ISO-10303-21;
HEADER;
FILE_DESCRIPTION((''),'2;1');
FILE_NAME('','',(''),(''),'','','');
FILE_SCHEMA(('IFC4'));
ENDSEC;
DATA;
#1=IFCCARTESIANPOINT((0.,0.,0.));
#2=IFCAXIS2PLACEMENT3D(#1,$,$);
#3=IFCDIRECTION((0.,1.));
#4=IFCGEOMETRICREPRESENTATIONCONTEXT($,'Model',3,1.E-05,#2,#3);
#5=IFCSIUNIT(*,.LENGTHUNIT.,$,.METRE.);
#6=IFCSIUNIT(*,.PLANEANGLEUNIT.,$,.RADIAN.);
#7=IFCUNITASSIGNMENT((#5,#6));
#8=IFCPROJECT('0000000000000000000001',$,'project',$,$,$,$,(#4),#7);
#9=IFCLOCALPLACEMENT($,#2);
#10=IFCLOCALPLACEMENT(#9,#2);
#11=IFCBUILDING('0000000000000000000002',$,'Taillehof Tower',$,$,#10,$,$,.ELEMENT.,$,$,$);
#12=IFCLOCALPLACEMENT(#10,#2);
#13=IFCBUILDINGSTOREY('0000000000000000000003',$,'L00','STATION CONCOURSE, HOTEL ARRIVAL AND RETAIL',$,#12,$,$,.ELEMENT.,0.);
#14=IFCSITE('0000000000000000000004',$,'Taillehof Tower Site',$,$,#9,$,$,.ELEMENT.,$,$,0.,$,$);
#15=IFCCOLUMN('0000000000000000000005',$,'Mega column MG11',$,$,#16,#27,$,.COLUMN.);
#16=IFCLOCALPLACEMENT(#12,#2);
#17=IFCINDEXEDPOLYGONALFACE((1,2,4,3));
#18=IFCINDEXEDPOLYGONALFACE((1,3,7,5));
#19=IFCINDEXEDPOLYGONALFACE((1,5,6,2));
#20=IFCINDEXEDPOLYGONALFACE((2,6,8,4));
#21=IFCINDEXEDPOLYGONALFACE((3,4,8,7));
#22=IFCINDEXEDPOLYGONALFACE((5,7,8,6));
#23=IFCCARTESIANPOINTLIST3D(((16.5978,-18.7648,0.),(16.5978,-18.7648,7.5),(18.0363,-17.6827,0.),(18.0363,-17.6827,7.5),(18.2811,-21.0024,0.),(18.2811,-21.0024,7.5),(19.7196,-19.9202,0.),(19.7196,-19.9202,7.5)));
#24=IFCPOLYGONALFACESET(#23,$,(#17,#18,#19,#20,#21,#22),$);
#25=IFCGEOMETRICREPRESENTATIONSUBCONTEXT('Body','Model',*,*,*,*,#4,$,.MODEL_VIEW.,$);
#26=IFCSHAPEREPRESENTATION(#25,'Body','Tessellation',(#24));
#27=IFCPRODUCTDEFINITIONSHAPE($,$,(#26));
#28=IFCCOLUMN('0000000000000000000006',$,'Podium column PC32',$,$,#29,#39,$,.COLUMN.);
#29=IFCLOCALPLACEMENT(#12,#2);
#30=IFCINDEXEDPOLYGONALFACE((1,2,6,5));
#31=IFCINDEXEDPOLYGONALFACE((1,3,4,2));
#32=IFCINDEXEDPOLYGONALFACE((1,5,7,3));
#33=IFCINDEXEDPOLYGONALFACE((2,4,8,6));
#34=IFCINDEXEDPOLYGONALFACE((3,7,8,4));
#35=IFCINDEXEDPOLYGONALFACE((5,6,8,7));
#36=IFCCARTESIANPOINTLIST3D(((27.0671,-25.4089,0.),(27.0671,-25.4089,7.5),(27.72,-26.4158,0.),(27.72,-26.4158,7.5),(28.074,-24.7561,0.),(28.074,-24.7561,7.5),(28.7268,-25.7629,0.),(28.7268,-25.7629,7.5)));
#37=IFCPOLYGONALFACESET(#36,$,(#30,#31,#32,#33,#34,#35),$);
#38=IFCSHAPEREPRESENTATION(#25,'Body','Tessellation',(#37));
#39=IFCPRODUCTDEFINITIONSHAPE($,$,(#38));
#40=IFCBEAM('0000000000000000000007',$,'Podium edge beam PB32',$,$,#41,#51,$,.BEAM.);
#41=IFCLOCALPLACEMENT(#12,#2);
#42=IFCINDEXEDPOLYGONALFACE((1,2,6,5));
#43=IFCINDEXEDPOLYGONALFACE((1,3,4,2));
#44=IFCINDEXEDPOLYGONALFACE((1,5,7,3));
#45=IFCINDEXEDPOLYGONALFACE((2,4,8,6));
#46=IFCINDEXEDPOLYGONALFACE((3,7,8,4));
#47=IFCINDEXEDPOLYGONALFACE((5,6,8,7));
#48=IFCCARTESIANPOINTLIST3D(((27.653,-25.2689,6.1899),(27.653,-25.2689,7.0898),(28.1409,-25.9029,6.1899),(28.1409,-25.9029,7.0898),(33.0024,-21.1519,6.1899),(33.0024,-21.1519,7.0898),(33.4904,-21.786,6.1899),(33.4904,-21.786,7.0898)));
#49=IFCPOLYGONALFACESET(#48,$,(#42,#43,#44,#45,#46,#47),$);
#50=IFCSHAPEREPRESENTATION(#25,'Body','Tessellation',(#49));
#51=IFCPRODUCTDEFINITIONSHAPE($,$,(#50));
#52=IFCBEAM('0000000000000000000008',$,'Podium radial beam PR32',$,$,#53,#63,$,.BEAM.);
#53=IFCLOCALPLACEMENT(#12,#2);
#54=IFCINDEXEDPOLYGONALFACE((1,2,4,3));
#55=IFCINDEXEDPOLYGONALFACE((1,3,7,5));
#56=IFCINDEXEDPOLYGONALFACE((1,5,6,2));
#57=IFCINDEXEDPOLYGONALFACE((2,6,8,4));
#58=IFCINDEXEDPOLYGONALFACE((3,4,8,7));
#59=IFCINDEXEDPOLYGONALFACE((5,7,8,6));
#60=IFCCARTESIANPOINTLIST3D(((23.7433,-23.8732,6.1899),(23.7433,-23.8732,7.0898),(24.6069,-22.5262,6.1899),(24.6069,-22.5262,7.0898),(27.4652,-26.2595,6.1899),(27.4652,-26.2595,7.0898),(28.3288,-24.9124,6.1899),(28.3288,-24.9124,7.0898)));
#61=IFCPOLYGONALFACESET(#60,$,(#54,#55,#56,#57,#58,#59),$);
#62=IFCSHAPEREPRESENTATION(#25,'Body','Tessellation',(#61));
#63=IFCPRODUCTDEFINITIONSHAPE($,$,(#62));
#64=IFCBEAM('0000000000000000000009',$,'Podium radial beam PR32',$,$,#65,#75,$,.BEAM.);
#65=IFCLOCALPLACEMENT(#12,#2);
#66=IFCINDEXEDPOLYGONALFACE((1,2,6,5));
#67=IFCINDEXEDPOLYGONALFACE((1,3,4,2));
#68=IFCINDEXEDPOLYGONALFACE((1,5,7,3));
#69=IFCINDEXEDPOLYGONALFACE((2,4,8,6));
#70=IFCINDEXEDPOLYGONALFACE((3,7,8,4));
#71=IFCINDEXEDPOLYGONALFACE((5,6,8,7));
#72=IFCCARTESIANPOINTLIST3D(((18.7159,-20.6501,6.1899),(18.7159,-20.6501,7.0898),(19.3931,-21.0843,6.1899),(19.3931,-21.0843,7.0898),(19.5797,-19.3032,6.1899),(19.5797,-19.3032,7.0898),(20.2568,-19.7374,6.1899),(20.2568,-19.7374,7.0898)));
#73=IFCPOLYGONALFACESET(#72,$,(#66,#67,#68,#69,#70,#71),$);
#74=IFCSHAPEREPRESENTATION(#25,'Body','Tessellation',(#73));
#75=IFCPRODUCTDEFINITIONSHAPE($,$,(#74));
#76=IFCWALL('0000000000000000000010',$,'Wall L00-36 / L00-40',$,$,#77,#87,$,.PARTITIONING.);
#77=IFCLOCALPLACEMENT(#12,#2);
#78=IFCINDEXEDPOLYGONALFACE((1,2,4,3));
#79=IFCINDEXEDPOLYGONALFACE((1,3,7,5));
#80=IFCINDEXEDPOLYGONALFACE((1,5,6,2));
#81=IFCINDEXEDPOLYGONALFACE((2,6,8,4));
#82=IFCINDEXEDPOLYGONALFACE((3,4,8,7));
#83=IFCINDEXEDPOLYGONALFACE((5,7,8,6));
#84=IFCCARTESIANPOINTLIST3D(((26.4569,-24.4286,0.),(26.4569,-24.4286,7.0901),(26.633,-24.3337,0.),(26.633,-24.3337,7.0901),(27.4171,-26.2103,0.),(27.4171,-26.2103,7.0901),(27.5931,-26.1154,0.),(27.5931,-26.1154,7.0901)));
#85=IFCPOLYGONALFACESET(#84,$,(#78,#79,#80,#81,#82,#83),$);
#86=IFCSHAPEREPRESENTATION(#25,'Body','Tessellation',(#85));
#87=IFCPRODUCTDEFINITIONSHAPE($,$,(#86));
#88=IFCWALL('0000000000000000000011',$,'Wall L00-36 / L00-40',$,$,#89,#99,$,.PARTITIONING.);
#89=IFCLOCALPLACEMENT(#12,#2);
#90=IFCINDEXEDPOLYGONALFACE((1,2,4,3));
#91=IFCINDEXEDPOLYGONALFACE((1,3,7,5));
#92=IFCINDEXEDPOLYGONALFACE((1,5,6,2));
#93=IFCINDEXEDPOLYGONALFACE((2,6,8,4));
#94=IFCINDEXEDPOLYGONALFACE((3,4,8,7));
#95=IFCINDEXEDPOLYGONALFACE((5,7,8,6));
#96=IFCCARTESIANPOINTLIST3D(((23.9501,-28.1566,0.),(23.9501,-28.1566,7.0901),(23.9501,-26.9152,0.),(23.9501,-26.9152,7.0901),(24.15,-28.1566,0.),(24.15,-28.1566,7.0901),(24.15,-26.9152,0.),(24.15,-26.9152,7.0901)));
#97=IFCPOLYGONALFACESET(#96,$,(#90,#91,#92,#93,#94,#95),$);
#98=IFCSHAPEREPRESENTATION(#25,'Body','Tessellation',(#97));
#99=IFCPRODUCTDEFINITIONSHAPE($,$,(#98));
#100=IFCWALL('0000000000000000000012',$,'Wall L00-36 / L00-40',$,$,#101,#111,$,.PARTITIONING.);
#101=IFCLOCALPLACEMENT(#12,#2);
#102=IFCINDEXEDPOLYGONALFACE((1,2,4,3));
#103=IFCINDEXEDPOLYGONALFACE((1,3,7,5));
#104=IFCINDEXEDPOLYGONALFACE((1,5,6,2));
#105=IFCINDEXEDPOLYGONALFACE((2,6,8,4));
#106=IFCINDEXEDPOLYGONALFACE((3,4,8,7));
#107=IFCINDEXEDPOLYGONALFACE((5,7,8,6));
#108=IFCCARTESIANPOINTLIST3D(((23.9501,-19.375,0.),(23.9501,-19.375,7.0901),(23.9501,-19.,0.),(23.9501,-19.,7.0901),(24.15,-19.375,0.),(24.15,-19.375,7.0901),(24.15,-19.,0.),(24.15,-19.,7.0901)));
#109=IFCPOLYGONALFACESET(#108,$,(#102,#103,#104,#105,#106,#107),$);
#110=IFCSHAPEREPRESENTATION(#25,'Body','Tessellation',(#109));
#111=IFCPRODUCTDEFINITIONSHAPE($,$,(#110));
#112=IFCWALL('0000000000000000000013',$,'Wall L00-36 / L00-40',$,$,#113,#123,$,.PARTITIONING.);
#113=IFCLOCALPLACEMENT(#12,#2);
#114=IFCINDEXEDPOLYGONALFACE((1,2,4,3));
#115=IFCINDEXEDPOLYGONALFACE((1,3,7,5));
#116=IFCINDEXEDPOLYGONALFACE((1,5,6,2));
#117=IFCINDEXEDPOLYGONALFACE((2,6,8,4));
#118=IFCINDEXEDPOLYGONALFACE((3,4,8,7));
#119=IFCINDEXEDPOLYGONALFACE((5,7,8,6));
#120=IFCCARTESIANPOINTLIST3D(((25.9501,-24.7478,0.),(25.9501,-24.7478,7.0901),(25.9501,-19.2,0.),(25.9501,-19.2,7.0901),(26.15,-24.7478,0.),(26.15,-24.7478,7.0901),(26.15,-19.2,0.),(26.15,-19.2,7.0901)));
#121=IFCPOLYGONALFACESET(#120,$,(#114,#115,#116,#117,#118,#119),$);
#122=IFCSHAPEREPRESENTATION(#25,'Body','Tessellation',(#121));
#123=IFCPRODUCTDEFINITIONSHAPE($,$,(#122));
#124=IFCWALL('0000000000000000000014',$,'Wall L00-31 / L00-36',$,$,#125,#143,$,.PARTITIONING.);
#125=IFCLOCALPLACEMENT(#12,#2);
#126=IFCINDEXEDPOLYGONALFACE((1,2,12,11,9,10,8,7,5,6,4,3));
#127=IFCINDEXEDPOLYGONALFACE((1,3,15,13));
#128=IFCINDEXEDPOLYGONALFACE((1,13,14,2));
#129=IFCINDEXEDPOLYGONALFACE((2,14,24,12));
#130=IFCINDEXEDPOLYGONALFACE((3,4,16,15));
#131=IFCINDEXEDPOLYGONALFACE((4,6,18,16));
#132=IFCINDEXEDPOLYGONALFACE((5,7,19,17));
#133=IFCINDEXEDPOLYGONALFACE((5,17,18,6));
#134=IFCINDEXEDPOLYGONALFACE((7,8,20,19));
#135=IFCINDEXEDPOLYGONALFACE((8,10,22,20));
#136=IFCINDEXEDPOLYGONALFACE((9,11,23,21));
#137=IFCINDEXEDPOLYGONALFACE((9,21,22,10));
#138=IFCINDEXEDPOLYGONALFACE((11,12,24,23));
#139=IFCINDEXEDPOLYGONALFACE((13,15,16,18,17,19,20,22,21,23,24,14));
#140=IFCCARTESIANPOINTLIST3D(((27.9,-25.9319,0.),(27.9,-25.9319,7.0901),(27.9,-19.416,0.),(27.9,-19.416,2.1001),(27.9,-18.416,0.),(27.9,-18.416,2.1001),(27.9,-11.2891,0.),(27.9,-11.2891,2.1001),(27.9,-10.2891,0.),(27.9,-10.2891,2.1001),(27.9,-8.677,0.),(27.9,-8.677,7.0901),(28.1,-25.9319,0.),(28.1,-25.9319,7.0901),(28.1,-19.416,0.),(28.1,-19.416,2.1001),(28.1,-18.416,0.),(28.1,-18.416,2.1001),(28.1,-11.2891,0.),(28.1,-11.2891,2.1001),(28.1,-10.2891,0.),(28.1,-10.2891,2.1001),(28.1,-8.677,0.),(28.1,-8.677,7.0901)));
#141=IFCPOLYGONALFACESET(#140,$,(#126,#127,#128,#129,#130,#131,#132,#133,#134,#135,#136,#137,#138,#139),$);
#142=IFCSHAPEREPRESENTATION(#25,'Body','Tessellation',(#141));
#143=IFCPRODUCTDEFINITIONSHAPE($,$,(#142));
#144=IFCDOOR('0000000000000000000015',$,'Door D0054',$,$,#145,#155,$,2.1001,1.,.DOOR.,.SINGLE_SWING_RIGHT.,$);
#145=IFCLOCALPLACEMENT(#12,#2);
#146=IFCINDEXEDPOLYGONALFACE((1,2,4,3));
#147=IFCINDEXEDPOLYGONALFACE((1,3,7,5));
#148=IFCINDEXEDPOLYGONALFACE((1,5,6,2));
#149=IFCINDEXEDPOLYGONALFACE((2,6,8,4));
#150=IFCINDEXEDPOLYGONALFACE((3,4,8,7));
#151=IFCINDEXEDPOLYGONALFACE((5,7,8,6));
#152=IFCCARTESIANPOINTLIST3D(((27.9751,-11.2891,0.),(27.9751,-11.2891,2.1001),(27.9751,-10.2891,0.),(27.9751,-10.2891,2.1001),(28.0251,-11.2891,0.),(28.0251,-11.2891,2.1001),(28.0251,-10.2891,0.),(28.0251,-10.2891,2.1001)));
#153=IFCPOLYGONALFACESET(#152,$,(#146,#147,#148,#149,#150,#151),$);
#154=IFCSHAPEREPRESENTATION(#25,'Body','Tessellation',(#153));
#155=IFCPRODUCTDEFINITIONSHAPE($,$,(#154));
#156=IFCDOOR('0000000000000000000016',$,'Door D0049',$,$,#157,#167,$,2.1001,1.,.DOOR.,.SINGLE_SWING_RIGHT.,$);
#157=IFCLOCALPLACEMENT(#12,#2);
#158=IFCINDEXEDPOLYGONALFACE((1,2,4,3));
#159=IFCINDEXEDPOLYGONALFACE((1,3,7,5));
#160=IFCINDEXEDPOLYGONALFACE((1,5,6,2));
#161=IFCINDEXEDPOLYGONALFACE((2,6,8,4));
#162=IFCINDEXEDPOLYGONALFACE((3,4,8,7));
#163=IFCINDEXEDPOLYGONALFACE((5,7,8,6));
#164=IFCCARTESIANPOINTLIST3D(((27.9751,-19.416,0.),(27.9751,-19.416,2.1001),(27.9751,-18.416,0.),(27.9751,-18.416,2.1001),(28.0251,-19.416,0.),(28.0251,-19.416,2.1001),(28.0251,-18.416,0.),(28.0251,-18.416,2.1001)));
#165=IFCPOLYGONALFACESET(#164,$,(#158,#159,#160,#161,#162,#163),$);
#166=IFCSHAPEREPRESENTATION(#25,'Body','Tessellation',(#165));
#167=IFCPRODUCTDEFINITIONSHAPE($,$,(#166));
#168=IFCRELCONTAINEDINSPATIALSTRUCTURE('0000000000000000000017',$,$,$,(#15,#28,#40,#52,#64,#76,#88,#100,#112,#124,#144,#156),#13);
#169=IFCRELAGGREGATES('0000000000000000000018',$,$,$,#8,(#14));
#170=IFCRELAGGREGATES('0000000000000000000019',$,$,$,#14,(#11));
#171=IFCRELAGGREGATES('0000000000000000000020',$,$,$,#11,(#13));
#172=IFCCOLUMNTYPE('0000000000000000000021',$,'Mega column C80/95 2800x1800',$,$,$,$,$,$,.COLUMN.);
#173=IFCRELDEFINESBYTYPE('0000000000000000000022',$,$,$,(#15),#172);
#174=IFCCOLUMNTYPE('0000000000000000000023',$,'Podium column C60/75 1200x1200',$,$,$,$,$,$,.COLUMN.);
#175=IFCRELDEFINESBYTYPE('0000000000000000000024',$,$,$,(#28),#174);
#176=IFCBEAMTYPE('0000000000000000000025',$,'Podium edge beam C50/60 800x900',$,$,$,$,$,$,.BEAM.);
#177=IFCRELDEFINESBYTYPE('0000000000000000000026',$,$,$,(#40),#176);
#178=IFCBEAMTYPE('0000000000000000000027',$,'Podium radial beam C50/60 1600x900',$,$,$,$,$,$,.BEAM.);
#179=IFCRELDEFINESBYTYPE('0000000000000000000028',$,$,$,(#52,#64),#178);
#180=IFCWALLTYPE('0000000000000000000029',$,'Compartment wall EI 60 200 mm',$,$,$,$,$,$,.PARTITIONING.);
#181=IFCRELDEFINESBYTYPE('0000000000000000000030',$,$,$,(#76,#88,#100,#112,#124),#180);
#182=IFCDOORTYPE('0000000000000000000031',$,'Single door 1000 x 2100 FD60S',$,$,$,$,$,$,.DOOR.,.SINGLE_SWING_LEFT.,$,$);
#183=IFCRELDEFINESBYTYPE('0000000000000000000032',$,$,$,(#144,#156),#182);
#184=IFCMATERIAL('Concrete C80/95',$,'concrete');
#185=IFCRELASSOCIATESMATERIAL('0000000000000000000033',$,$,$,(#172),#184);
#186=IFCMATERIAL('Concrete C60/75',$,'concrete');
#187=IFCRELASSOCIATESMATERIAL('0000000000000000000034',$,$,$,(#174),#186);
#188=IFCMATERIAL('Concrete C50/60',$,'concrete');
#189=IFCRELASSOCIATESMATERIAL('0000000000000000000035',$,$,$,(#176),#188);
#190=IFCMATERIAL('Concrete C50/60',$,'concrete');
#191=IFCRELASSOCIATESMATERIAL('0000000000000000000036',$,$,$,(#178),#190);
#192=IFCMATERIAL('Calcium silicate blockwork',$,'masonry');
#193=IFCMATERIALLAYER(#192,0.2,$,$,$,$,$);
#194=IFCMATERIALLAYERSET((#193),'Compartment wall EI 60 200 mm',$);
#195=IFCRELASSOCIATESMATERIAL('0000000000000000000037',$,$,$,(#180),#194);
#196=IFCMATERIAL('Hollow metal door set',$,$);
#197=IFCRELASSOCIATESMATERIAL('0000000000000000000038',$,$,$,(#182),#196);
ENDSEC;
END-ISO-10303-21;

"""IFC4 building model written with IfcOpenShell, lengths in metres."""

from ifc_helpers import new_model, si_unit, direction, frame, frame_2d, origin, origin_2d, place, context, subcontext, project, spatial, rectangle, extrude, material, layer, layer_set, material_profile, profile_set, type_object, element, fill, save


model = new_model("IFC4")

# Units and contexts
model_context = context("Model", 3, precision=1e-05, world=origin(), true_north=direction((0.0, 1.0)))
body_context = subcontext(model_context, "Body", "Model", "MODEL_VIEW")
ifc_project = project(units=[si_unit("LENGTHUNIT", "METRE"), si_unit("PLANEANGLEUNIT", "RADIAN")], contexts=[model_context])

# Site, building, storey
site_placement = place(None, origin())
site = spatial("IfcSite", under=ifc_project, at=site_placement, Name="Taillehof Tower Site", CompositionType="ELEMENT", RefElevation=0.0)
building_placement = place(site_placement, origin())
building = spatial("IfcBuilding", under=site, at=building_placement, Name="Taillehof Tower", CompositionType="ELEMENT")
storey_placement = place(building_placement, origin())
storey = spatial("IfcBuildingStorey", under=building, at=storey_placement, Name="L00", Description="STATION CONCOURSE, HOTEL ARRIVAL AND RETAIL", CompositionType="ELEMENT", Elevation=0.0)

# Columns
ifc_material_1 = material(Name="Concrete C80/95", Category="concrete")
ifc_material_profile_1 = material_profile(ifc_material_1, rectangle(XDim=2.8, YDim=1.8, at=origin_2d()), Name="RC 2800x1800")
ifc_profile_set_1 = profile_set([ifc_material_profile_1], Name="Concrete C80/95")
column_type_1 = type_object("IfcColumnType", Name="Mega column C80/95 2800x1800", PredefinedType="COLUMN", material=ifc_profile_set_1)
column_1_placement = place(storey_placement, frame((18.1587, -19.3425, 0.0), z_axis=(0.0, 0.0, 1.0), x_axis=(0.601174, -0.799118, 0.0)))
element("IfcColumn", 1, at=column_1_placement, inside=storey, type_object=column_type_1, Name="Mega column MG11", PredefinedType="COLUMN", context=body_context, shape_type="SweptSolid", body=[
    extrude(rectangle(XDim=2.8, YDim=1.8, at=origin_2d()), origin(), (0.0, 0.0, 1.0), 7.5),
])
ifc_material_2 = material(Name="Concrete C60/75", Category="concrete")
ifc_material_profile_2 = material_profile(ifc_material_2, rectangle(XDim=1.2, YDim=1.2, at=origin_2d()), Name="RC 1200x1200")
ifc_profile_set_2 = profile_set([ifc_material_profile_2], Name="Concrete C60/75")
column_type_2 = type_object("IfcColumnType", Name="Podium column C60/75 1200x1200", PredefinedType="COLUMN", material=ifc_profile_set_2)
column_2_placement = place(storey_placement, frame((27.897, -25.5859, 0.0), z_axis=(0.0, 0.0, 1.0), x_axis=(0.544041, -0.839058, 0.0)))
element("IfcColumn", 2, at=column_2_placement, inside=storey, type_object=column_type_2, Name="Podium column PC32", PredefinedType="COLUMN", context=body_context, shape_type="SweptSolid", body=[
    extrude(rectangle(XDim=1.2, YDim=1.2, at=origin_2d()), origin(), (0.0, 0.0, 1.0), 7.5),
])

# Beams
ifc_material_3 = material(Name="Concrete C50/60", Category="concrete")
ifc_material_profile_3 = material_profile(ifc_material_3, rectangle(XDim=0.8, YDim=0.8999, at=origin_2d()), Name="RC 800x900")
ifc_profile_set_3 = profile_set([ifc_material_profile_3], Name="Concrete C50/60")
beam_type_1 = type_object("IfcBeamType", Name="Podium edge beam C50/60 800x900", PredefinedType="BEAM", material=ifc_profile_set_3)
beam_1_placement = place(storey_placement, frame((27.897, -25.5859, 6.6399), z_axis=(0.792477, 0.609901, 0.0), x_axis=(-0.609901, 0.792477, 0.0)))
element("IfcBeam", 3, at=beam_1_placement, inside=storey, type_object=beam_type_1, Name="Podium edge beam PB32", PredefinedType="BEAM", context=body_context, shape_type="SweptSolid", body=[
    extrude(rectangle(XDim=0.8, YDim=0.8999, at=origin_2d()), origin(), (0.0, 0.0, 1.0), 6.7502),
])
ifc_material_4 = material(Name="Concrete C50/60", Category="concrete")
ifc_material_profile_4 = material_profile(ifc_material_4, rectangle(XDim=1.6001, YDim=0.8999, at=origin_2d()), Name="RC 1600x900")
ifc_profile_set_4 = profile_set([ifc_material_profile_4], Name="Concrete C50/60")
beam_type_2 = type_object("IfcBeamType", Name="Podium radial beam C50/60 1600x900", PredefinedType="BEAM", material=ifc_profile_set_4)
beam_2_placement = place(storey_placement, frame((27.897, -25.5859, 6.6399), z_axis=(-0.84184, 0.539727, 0.0), x_axis=(-0.539727, -0.84184, 0.0)))
element("IfcBeam", 4, at=beam_2_placement, inside=storey, type_object=beam_type_2, Name="Podium radial beam PR32", PredefinedType="BEAM", context=body_context, shape_type="SweptSolid", body=[
    extrude(rectangle(XDim=1.6001, YDim=0.8999, at=origin_2d()), origin(), (0.0, 0.0, 1.0), 4.4211),
])
beam_3_placement = place(storey_placement, frame((19.825, -20.4109, 6.6399), z_axis=(-0.84177, 0.539837, 0.0), x_axis=(-0.539837, -0.84177, 0.0)))
element("IfcBeam", 5, at=beam_3_placement, inside=storey, type_object=beam_type_2, Name="Podium radial beam PR32", PredefinedType="BEAM", context=body_context, shape_type="SweptSolid", body=[
    extrude(rectangle(XDim=1.6001, YDim=0.8999, at=origin_2d()), origin(), (0.0, 0.0, 1.0), 0.8044),
])

# Walls
ifc_material_5 = material(Name="Calcium silicate blockwork", Category="masonry")
ifc_layer_1 = layer(ifc_material_5, 0.2)
ifc_layer_set_1 = layer_set([ifc_layer_1], Name="Compartment wall EI 60 200 mm")
wall_type_1 = type_object("IfcWallType", Name="Compartment wall EI 60 200 mm", PredefinedType="PARTITIONING", material=ifc_layer_set_1)
wall_1_placement = place(storey_placement, frame((27.5051, -26.1628, 0.0), z_axis=(0.0, 0.0, 1.0), x_axis=(-0.474409, 0.880304, 0.0)))
element("IfcWall", 6, at=wall_1_placement, inside=storey, type_object=wall_type_1, Name="Wall L00-36 / L00-40", PredefinedType="PARTITIONING", context=body_context, shape_type="SweptSolid", body=[
    extrude(rectangle(XDim=2.0239, YDim=0.2, at=frame_2d((1.012, 0.0))), origin(), (0.0, 0.0, 1.0), 7.0901),
])
wall_2_placement = place(storey_placement, frame((24.05, -28.1565, 0.0), z_axis=(0.0, 0.0, 1.0), x_axis=(0.0, 1.0, 0.0)))
element("IfcWall", 7, at=wall_2_placement, inside=storey, type_object=wall_type_1, Name="Wall L00-36 / L00-40", PredefinedType="PARTITIONING", context=body_context, shape_type="SweptSolid", body=[
    extrude(rectangle(XDim=1.2415, YDim=0.2, at=frame_2d((0.6206, 0.0))), origin(), (0.0, 0.0, 1.0), 7.0901),
])
wall_3_placement = place(storey_placement, frame((24.05, -19.375, 0.0), z_axis=(0.0, 0.0, 1.0), x_axis=(0.0, 1.0, 0.0)))
element("IfcWall", 8, at=wall_3_placement, inside=storey, type_object=wall_type_1, Name="Wall L00-36 / L00-40", PredefinedType="PARTITIONING", context=body_context, shape_type="SweptSolid", body=[
    extrude(rectangle(XDim=0.375, YDim=0.2, at=frame_2d((0.1875, 0.0))), origin(), (0.0, 0.0, 1.0), 7.0901),
])
wall_4_placement = place(storey_placement, frame((26.05, -24.7478, 0.0), z_axis=(0.0, 0.0, 1.0), x_axis=(0.0, 1.0, 0.0)))
element("IfcWall", 9, at=wall_4_placement, inside=storey, type_object=wall_type_1, Name="Wall L00-36 / L00-40", PredefinedType="PARTITIONING", context=body_context, shape_type="SweptSolid", body=[
    extrude(rectangle(XDim=5.5479, YDim=0.2, at=frame_2d((2.7739, 0.0))), origin(), (0.0, 0.0, 1.0), 7.0901),
])

# Wall, openings, doors
wall_5_placement = place(storey_placement, frame((28.0, -25.9319, 0.0), z_axis=(0.0, 0.0, 1.0), x_axis=(0.0, 1.0, 0.0)))
wall_5 = element("IfcWall", 10, at=wall_5_placement, inside=storey, type_object=wall_type_1, Name="Wall L00-31 / L00-36", PredefinedType="PARTITIONING", context=body_context, shape_type="SweptSolid", body=[
    extrude(rectangle(XDim=17.2549, YDim=0.2, at=frame_2d((8.6274, 0.0))), origin(), (0.0, 0.0, 1.0), 7.0901),
])
opening_1_placement = place(wall_5_placement, frame((14.6428, 0.0, 0.0)))
opening_1 = element("IfcOpeningElement", 11, at=opening_1_placement, cuts=wall_5, PredefinedType="OPENING", context=body_context, shape_type="SweptSolid", body=[
    extrude(rectangle(XDim=1.0, YDim=2.1001, at=frame_2d((0.5, 1.05))), frame((0.0, 0.1099, 0.0), z_axis=(0.0, -1.0, 0.0), x_axis=(1.0, 0.0, 0.0)), (0.0, 0.0, 1.0), 0.22),
])
opening_2_placement = place(wall_5_placement, frame((6.5159, 0.0, 0.0)))
opening_2 = element("IfcOpeningElement", 12, at=opening_2_placement, cuts=wall_5, PredefinedType="OPENING", context=body_context, shape_type="SweptSolid", body=[
    extrude(rectangle(XDim=1.0, YDim=2.1001, at=frame_2d((0.5, 1.05))), frame((0.0, 0.1099, 0.0), z_axis=(0.0, -1.0, 0.0), x_axis=(1.0, 0.0, 0.0)), (0.0, 0.0, 1.0), 0.22),
])
ifc_material_6 = material(Name="Hollow metal door set")
door_type_1 = type_object("IfcDoorType", Name="Single door 1000 x 2100 FD60S", OperationType="SINGLE_SWING_LEFT", PredefinedType="DOOR", material=ifc_material_6)
door_1_placement = place(opening_1_placement, origin())
door_1 = element("IfcDoor", 13, at=door_1_placement, inside=storey, type_object=door_type_1, Name="Door D0054", OperationType="SINGLE_SWING_RIGHT", OverallHeight=2.1001, OverallWidth=1.0, PredefinedType="DOOR", context=body_context, shape_type="SweptSolid", body=[
    extrude(rectangle(XDim=1.0, YDim=2.1001, at=frame_2d((0.5, 1.05))), frame((0.0, 0.0249, 0.0), z_axis=(0.0, -1.0, 0.0), x_axis=(1.0, 0.0, 0.0)), (0.0, 0.0, 1.0), 0.05),
])
fill(opening_1, door_1)
door_2_placement = place(opening_2_placement, origin())
door_2 = element("IfcDoor", 14, at=door_2_placement, inside=storey, type_object=door_type_1, Name="Door D0049", OperationType="SINGLE_SWING_RIGHT", OverallHeight=2.1001, OverallWidth=1.0, PredefinedType="DOOR", context=body_context, shape_type="SweptSolid", body=[
    extrude(rectangle(XDim=1.0, YDim=2.1001, at=frame_2d((0.5, 1.05))), frame((0.0, 0.0249, 0.0), z_axis=(0.0, -1.0, 0.0), x_axis=(1.0, 0.0, 0.0)), (0.0, 0.0, 1.0), 0.05),
])
fill(opening_2, door_2)

save(model, "model.ifc")
